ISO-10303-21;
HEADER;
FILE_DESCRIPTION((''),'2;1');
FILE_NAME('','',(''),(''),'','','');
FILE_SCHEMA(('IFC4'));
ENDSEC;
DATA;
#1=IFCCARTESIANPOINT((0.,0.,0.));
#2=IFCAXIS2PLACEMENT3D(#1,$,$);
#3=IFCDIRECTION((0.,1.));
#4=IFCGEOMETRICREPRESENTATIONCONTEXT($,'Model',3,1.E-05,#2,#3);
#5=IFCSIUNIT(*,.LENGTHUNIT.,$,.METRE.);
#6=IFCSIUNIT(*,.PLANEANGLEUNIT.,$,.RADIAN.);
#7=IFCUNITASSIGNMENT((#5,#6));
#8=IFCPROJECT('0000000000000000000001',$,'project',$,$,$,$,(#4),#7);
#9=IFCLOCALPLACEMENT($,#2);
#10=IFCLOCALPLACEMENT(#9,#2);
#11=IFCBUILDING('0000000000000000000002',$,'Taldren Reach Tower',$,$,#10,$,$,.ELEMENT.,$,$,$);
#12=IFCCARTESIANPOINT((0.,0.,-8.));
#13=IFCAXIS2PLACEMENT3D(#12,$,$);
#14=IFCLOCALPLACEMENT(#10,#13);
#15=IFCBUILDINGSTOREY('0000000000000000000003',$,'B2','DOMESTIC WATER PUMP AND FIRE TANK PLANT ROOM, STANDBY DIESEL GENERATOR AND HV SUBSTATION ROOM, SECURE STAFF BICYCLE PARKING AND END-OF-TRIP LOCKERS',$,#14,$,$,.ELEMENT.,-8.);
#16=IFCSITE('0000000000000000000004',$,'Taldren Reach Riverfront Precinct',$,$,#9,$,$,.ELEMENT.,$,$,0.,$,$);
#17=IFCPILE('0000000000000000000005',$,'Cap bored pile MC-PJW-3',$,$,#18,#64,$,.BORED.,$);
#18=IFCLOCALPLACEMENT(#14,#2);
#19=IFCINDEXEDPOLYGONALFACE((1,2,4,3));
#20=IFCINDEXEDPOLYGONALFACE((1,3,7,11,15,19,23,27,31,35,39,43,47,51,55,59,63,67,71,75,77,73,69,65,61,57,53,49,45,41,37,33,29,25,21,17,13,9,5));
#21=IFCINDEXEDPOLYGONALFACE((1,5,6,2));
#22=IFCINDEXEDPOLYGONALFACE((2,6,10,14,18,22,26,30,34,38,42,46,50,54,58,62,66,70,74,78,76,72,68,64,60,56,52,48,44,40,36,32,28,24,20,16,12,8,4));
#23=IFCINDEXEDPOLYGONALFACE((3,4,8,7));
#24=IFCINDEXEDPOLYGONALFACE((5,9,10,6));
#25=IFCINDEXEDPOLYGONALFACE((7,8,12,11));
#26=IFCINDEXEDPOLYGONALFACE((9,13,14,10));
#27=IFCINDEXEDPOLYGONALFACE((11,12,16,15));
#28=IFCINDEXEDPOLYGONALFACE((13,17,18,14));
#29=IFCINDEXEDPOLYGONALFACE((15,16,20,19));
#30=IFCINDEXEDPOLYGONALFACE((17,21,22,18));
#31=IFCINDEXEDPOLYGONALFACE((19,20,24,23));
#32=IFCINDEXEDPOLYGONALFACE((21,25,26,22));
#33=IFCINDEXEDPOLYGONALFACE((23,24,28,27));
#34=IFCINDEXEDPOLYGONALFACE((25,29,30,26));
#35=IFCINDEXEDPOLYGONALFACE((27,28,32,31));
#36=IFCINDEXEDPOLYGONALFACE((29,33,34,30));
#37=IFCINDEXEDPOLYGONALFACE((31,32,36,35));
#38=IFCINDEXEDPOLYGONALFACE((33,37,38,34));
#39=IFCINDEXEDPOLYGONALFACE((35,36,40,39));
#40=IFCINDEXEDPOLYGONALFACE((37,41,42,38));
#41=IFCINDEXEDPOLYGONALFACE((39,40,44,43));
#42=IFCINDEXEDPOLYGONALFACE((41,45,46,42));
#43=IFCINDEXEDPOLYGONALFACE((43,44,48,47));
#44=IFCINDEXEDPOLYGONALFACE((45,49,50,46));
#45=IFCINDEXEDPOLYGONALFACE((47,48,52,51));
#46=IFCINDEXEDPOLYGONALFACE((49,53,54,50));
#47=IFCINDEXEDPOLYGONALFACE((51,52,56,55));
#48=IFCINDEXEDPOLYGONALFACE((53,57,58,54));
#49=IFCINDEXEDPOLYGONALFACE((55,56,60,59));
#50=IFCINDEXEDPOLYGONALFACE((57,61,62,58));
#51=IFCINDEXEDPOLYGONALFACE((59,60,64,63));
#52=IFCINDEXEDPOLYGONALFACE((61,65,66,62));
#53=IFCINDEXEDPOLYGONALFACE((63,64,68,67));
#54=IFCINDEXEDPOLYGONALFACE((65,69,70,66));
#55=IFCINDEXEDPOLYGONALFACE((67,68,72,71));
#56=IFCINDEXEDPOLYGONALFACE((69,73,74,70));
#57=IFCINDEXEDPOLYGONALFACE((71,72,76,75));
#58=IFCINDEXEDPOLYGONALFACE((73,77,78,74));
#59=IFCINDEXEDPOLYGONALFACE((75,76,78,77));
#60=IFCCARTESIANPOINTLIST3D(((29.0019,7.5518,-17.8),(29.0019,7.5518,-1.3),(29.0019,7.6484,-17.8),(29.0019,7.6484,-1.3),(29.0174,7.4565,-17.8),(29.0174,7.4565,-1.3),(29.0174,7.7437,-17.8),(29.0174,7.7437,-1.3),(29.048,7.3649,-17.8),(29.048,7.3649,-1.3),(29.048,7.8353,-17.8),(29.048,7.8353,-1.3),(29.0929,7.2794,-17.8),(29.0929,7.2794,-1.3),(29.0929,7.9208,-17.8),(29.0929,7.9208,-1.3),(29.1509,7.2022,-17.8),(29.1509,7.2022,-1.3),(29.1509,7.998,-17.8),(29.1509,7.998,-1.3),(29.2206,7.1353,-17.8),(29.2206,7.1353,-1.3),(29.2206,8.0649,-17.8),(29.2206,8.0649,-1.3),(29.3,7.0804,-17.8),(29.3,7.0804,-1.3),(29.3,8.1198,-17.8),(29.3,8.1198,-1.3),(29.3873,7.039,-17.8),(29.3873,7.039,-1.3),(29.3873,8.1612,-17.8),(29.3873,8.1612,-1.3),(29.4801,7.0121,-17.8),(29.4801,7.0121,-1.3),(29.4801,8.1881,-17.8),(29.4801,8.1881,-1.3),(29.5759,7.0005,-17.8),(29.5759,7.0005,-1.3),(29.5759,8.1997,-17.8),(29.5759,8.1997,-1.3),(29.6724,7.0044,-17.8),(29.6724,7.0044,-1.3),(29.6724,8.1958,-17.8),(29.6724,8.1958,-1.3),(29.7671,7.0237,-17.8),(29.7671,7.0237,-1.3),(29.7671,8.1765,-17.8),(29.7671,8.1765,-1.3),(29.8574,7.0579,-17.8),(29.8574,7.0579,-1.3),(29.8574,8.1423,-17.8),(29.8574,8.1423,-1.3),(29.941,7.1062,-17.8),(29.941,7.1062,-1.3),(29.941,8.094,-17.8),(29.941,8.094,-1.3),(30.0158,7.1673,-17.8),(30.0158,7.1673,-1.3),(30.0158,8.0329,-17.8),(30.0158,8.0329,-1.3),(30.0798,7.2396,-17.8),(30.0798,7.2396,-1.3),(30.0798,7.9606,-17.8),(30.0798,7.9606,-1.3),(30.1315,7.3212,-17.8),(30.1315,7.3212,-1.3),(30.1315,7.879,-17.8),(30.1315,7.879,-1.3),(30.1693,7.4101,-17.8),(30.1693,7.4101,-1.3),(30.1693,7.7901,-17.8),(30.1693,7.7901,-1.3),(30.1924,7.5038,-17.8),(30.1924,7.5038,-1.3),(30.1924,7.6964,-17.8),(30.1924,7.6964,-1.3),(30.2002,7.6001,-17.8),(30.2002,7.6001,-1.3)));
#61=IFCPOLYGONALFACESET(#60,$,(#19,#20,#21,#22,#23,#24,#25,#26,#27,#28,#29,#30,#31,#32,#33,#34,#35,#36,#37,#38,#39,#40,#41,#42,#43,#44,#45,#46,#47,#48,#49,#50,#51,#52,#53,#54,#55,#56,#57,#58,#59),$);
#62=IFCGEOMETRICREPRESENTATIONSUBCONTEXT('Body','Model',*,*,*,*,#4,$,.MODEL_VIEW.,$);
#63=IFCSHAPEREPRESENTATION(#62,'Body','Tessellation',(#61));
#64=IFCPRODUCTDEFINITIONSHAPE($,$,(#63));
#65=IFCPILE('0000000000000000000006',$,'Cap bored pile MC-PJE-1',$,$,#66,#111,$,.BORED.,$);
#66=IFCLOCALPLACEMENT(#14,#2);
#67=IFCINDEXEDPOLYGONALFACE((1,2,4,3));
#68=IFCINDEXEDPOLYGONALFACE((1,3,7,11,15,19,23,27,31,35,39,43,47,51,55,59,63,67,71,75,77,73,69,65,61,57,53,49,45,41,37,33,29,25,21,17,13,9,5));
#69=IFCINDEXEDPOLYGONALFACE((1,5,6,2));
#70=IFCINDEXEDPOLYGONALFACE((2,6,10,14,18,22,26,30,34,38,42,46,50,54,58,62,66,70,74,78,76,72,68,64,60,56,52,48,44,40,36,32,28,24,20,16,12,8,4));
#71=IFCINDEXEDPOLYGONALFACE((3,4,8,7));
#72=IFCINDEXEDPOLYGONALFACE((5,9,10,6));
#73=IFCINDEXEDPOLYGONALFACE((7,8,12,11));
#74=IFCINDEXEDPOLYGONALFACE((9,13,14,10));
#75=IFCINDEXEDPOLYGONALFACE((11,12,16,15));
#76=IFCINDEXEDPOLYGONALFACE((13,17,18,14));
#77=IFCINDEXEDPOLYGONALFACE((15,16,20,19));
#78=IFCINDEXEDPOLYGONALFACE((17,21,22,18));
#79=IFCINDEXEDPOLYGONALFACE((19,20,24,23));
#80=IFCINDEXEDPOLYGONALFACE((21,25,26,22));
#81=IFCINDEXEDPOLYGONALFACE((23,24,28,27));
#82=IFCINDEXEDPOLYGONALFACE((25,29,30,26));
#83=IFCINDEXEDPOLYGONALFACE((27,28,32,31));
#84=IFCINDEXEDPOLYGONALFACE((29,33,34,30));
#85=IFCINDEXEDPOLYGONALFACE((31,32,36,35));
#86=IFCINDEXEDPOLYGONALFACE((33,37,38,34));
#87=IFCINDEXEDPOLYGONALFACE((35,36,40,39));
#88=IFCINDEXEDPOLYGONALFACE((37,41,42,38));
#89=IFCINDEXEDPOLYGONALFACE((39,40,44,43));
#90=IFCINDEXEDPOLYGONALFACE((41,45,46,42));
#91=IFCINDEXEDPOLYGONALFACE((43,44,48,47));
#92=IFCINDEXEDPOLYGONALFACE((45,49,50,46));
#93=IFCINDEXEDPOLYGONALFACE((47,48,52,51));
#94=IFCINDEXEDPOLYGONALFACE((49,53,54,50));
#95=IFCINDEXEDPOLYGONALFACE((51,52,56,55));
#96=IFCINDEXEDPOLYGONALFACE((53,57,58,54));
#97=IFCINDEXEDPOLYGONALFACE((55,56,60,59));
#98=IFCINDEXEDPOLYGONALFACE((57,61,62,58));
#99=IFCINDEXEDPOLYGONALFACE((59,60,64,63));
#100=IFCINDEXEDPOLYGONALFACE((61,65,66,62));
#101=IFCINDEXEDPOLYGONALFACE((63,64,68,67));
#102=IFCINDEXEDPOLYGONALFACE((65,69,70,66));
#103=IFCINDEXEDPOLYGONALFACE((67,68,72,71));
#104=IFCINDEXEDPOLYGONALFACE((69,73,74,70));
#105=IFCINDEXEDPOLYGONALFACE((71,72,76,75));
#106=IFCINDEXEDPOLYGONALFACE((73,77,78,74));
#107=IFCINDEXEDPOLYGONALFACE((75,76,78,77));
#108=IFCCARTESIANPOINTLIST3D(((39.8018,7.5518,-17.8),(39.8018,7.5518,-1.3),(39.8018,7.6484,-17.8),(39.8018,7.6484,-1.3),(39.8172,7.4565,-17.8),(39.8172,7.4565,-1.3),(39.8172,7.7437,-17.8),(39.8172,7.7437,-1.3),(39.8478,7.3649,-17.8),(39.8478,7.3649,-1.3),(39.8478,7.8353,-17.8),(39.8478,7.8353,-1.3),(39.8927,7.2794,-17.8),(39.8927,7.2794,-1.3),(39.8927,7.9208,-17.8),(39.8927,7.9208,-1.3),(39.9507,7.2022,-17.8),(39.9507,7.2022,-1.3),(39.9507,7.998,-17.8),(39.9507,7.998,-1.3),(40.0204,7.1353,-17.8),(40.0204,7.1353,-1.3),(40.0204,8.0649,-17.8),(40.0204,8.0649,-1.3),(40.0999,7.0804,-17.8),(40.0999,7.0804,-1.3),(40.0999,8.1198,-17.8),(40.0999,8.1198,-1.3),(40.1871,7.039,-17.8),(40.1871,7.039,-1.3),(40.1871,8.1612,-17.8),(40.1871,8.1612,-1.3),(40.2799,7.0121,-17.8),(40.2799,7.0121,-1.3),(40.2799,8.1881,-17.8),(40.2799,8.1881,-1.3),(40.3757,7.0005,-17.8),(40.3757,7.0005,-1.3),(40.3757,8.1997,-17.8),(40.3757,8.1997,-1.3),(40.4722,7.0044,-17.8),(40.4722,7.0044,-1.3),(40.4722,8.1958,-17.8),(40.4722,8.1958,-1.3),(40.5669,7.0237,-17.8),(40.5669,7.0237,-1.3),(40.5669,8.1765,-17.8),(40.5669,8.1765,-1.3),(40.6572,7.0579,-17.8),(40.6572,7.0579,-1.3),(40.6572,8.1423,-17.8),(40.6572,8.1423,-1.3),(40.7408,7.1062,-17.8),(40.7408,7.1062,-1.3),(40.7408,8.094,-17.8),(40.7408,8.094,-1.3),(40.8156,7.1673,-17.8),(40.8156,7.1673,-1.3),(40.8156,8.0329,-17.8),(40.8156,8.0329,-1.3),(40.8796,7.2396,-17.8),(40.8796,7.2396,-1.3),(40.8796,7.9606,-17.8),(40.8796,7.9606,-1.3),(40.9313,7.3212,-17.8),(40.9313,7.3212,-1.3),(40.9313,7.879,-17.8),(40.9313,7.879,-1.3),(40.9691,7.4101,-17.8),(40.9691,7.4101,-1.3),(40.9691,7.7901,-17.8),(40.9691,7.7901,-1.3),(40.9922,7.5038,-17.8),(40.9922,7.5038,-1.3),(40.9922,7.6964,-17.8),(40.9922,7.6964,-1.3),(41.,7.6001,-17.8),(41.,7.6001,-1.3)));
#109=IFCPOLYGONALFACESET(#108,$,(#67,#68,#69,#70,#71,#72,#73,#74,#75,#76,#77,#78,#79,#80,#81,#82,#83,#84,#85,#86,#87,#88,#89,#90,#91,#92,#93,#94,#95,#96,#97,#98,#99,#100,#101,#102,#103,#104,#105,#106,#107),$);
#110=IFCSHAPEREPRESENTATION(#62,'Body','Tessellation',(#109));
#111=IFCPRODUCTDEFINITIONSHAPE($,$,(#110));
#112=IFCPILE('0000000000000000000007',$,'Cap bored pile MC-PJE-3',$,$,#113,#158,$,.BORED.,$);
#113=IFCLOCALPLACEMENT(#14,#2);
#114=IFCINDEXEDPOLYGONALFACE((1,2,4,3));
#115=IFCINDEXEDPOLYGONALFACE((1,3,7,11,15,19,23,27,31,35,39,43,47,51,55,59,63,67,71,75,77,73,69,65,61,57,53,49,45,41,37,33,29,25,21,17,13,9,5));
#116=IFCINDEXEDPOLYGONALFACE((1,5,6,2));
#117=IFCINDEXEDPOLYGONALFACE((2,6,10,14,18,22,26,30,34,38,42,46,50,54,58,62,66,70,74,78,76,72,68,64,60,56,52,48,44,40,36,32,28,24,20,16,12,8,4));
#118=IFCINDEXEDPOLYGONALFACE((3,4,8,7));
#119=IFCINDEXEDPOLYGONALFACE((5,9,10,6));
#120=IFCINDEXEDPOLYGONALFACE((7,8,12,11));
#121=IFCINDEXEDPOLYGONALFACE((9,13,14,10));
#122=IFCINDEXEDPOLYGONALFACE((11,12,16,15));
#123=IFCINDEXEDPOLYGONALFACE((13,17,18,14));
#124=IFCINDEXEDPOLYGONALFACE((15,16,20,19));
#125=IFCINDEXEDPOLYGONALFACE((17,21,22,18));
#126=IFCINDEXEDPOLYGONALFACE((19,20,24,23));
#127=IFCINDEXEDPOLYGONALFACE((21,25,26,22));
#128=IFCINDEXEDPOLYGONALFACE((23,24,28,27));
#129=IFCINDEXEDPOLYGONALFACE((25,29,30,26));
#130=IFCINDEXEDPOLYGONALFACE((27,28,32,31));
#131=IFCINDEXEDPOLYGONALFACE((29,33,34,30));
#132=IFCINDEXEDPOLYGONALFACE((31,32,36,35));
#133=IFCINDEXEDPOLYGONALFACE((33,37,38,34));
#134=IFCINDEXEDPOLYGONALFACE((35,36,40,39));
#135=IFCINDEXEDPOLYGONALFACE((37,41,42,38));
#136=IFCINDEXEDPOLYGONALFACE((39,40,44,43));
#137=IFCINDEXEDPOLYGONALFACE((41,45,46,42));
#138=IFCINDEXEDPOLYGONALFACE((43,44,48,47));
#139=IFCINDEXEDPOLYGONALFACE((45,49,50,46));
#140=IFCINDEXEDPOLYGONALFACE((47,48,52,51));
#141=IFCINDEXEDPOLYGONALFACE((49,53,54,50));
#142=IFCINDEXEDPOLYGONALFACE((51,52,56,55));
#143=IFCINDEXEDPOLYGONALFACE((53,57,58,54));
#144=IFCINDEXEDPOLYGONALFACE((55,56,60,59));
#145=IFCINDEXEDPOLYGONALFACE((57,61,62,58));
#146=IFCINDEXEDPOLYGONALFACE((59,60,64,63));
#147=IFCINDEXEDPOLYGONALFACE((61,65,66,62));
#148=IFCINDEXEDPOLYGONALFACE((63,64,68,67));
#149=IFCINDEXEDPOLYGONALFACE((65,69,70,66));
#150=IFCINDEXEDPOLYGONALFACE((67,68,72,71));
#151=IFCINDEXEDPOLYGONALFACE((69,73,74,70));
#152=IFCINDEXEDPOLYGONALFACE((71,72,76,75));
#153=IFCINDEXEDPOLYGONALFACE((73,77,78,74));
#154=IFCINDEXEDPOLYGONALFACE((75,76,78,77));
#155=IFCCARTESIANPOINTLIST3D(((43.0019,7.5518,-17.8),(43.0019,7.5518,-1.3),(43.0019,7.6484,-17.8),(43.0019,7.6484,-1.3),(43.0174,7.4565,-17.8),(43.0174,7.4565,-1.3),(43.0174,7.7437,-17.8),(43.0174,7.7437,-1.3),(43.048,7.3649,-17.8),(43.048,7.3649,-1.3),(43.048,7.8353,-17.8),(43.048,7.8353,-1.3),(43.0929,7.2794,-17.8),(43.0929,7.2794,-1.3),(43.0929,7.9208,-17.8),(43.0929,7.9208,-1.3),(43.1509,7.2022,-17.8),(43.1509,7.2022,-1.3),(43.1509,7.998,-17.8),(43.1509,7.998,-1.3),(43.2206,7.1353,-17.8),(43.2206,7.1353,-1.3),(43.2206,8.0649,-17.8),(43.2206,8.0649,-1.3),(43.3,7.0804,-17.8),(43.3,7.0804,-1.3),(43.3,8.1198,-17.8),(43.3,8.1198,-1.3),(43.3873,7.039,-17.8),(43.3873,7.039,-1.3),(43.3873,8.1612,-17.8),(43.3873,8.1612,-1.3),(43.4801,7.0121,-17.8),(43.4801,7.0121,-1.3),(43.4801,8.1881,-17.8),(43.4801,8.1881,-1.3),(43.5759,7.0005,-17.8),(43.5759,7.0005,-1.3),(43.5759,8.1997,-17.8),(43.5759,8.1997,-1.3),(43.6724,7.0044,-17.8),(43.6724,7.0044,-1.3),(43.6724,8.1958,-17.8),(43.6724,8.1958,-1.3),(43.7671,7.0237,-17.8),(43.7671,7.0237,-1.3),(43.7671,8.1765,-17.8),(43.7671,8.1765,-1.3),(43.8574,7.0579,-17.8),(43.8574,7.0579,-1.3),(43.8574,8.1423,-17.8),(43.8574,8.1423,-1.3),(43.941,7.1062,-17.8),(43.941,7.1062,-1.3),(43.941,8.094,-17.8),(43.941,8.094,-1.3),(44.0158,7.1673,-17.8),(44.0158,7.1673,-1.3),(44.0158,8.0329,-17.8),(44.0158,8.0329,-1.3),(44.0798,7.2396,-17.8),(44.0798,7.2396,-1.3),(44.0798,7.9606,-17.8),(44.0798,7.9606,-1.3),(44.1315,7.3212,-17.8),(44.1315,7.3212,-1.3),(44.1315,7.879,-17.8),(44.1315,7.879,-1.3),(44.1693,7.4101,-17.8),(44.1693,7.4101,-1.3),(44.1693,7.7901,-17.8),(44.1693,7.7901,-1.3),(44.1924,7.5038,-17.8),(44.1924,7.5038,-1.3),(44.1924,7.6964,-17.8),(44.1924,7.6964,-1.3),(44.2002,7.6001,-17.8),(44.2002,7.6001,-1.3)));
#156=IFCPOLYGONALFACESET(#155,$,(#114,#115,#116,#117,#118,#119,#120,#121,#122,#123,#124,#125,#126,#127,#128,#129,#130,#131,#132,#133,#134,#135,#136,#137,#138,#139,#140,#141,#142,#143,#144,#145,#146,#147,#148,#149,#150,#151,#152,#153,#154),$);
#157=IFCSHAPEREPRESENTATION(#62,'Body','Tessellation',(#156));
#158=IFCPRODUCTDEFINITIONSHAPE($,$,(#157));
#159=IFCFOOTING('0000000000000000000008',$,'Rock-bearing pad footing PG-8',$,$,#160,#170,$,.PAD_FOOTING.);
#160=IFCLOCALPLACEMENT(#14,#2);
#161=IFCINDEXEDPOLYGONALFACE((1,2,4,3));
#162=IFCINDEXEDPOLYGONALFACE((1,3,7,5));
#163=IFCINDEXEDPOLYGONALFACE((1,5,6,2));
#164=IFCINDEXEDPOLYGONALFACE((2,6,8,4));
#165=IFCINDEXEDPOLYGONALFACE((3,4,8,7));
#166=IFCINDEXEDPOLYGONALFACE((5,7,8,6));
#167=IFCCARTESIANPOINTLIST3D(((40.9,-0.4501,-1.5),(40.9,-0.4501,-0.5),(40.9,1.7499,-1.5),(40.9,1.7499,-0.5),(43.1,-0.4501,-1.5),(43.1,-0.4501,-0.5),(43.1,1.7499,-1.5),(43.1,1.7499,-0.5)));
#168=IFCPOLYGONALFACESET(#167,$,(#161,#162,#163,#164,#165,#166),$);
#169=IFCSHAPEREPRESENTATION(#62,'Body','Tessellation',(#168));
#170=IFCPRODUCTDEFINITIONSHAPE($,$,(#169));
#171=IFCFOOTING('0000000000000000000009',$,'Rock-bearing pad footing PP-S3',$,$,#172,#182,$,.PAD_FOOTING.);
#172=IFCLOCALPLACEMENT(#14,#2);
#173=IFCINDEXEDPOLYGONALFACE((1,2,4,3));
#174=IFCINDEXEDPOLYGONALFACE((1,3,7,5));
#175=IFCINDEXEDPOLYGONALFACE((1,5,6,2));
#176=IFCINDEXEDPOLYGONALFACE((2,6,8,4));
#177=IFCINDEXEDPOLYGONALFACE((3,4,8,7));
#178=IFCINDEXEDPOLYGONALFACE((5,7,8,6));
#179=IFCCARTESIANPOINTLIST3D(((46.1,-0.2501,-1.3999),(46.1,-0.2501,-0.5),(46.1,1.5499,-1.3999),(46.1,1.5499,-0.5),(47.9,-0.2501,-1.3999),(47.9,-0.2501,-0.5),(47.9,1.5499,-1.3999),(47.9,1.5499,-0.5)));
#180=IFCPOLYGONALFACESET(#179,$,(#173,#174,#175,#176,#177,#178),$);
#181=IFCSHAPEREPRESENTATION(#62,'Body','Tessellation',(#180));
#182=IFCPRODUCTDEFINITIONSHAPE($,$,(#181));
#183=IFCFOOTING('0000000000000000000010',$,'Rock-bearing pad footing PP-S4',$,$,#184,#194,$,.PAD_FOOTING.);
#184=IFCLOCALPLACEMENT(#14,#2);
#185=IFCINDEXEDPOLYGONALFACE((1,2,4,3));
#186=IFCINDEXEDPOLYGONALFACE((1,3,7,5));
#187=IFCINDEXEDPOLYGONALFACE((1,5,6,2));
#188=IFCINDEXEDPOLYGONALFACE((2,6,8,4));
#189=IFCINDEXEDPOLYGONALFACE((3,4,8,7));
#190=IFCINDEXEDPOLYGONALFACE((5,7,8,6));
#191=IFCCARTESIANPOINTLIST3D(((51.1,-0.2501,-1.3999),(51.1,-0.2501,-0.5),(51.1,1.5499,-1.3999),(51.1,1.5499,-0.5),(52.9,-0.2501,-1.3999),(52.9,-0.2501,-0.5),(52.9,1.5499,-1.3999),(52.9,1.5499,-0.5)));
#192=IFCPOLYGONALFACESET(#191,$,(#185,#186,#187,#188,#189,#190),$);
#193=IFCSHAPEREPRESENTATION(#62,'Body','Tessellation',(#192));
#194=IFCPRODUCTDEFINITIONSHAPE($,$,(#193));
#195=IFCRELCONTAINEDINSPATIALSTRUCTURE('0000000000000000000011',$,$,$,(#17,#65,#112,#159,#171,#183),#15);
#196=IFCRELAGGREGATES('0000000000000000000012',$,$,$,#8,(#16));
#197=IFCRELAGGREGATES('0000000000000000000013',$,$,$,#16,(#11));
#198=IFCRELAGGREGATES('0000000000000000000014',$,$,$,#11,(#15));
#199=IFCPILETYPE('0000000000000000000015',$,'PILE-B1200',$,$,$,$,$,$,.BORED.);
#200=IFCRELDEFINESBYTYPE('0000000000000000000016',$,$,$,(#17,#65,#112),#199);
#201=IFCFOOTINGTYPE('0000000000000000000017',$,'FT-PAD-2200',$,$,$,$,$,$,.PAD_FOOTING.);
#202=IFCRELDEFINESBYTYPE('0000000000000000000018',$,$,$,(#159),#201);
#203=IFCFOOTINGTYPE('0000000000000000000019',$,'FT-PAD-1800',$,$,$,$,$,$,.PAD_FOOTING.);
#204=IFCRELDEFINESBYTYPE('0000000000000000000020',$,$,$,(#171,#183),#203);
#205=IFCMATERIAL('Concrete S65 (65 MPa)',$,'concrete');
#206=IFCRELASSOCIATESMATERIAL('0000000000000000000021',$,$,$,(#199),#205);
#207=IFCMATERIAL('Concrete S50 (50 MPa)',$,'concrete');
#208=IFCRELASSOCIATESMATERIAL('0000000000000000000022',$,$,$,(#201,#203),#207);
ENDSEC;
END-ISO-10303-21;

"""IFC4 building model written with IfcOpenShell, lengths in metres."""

from ifc_helpers import new_model, si_unit, direction, frame, origin, origin_2d, place, context, subcontext, project, spatial, rectangle, circle, extrude, source, transform, mapped, material, material_profile, profile_set, type_object, element, save


model = new_model("IFC4")

# Units and contexts
model_context = context("Model", 3, precision=1e-05, world=origin(), true_north=direction((0.0, 1.0)))
body_context = subcontext(model_context, "Body", "Model", "MODEL_VIEW")
ifc_project = project(units=[si_unit("LENGTHUNIT", "METRE"), si_unit("PLANEANGLEUNIT", "RADIAN")], contexts=[model_context])

# Site, building, storey
site_placement = place(None, origin())
site = spatial("IfcSite", under=ifc_project, at=site_placement, Name="Taldren Reach Riverfront Precinct", CompositionType="ELEMENT", RefElevation=0.0)
building_placement = place(site_placement, origin())
building = spatial("IfcBuilding", under=site, at=building_placement, Name="Taldren Reach Tower", CompositionType="ELEMENT")
storey_placement = place(building_placement, frame((0.0, 0.0, -8.0)))
storey = spatial("IfcBuildingStorey", under=building, at=storey_placement, Name="B2", Description="DOMESTIC WATER PUMP AND FIRE TANK PLANT ROOM, STANDBY DIESEL GENERATOR AND HV SUBSTATION ROOM, SECURE STAFF BICYCLE PARKING AND END-OF-TRIP LOCKERS", CompositionType="ELEMENT", Elevation=-8.0)

# Piles
ifc_material_1 = material(Name="Concrete S65 (65 MPa)", Category="concrete")
ifc_material_profile_1 = material_profile(ifc_material_1, circle(Radius=0.6001, at=origin_2d()), Name="PB-1200")
ifc_profile_set_1 = profile_set([ifc_material_profile_1], Name="Concrete S65 (65 MPa)")
pile_type_1 = type_object("IfcPileType", Name="PILE-B1200", PredefinedType="BORED", material=ifc_profile_set_1)
shared_shape_1 = source(origin(), body_context, "Body", "SweptSolid", [
    extrude(circle(Radius=0.6001, at=origin_2d()), origin(), (0.0, 0.0, 1.0), 16.5),
])
for number, where, z_axis, x_axis, name in (
    (1, (29.6001, 7.6001, -1.3), (0.0, 0.0, -1.0), (1.0, 0.0, 0.0), "Cap bored pile MC-PJW-3"),
    (2, (40.3999, 7.6001, -1.3), (0.0, 0.0, -1.0), (1.0, 0.0, 0.0), "Cap bored pile MC-PJE-1"),
    (3, (43.6001, 7.6001, -1.3), (0.0, 0.0, -1.0), (1.0, 0.0, 0.0), "Cap bored pile MC-PJE-3"),
):
    element("IfcPile", number, at=place(storey_placement, frame(where, z_axis=z_axis, x_axis=x_axis)), inside=storey, type_object=pile_type_1, Name=name, PredefinedType="BORED", context=body_context, shape_type="MappedRepresentation", body=[
        mapped(shared_shape_1, transform((0.0, 0.0, 0.0), scale=1.0)),
    ])

# Footings
ifc_material_2 = material(Name="Concrete S50 (50 MPa)", Category="concrete")
footing_type_1 = type_object("IfcFootingType", Name="FT-PAD-2200", PredefinedType="PAD_FOOTING", material=ifc_material_2)
shared_shape_2 = source(origin(), body_context, "Body", "SweptSolid", [
    extrude(rectangle(XDim=2.2, YDim=2.2, at=origin_2d()), origin(), (0.0, 0.0, 1.0), 1.0),
])
footing_1_placement = place(storey_placement, frame((42.0, 0.6499, -1.5), z_axis=(0.0, 0.0, 1.0), x_axis=(1.0, 0.0, 0.0)))
element("IfcFooting", 4, at=footing_1_placement, inside=storey, type_object=footing_type_1, Name="Rock-bearing pad footing PG-8", PredefinedType="PAD_FOOTING", context=body_context, shape_type="MappedRepresentation", body=[
    mapped(shared_shape_2, transform((0.0, 0.0, 0.0), scale=1.0)),
])
footing_type_2 = type_object("IfcFootingType", Name="FT-PAD-1800", PredefinedType="PAD_FOOTING", material=ifc_material_2)
shared_shape_3 = source(origin(), body_context, "Body", "SweptSolid", [
    extrude(rectangle(XDim=1.8, YDim=1.8, at=origin_2d()), origin(), (0.0, 0.0, 1.0), 0.8999),
])
for number, where, z_axis, x_axis, name in (
    (5, (47.0, 0.6499, -1.3999), (0.0, 0.0, 1.0), (1.0, 0.0, 0.0), "Rock-bearing pad footing PP-S3"),
    (6, (52.0, 0.6499, -1.3999), (0.0, 0.0, 1.0), (1.0, 0.0, 0.0), "Rock-bearing pad footing PP-S4"),
):
    element("IfcFooting", number, at=place(storey_placement, frame(where, z_axis=z_axis, x_axis=x_axis)), inside=storey, type_object=footing_type_2, Name=name, PredefinedType="PAD_FOOTING", context=body_context, shape_type="MappedRepresentation", body=[
        mapped(shared_shape_3, transform((0.0, 0.0, 0.0), scale=1.0)),
    ])

save(model, "model.ifc")
